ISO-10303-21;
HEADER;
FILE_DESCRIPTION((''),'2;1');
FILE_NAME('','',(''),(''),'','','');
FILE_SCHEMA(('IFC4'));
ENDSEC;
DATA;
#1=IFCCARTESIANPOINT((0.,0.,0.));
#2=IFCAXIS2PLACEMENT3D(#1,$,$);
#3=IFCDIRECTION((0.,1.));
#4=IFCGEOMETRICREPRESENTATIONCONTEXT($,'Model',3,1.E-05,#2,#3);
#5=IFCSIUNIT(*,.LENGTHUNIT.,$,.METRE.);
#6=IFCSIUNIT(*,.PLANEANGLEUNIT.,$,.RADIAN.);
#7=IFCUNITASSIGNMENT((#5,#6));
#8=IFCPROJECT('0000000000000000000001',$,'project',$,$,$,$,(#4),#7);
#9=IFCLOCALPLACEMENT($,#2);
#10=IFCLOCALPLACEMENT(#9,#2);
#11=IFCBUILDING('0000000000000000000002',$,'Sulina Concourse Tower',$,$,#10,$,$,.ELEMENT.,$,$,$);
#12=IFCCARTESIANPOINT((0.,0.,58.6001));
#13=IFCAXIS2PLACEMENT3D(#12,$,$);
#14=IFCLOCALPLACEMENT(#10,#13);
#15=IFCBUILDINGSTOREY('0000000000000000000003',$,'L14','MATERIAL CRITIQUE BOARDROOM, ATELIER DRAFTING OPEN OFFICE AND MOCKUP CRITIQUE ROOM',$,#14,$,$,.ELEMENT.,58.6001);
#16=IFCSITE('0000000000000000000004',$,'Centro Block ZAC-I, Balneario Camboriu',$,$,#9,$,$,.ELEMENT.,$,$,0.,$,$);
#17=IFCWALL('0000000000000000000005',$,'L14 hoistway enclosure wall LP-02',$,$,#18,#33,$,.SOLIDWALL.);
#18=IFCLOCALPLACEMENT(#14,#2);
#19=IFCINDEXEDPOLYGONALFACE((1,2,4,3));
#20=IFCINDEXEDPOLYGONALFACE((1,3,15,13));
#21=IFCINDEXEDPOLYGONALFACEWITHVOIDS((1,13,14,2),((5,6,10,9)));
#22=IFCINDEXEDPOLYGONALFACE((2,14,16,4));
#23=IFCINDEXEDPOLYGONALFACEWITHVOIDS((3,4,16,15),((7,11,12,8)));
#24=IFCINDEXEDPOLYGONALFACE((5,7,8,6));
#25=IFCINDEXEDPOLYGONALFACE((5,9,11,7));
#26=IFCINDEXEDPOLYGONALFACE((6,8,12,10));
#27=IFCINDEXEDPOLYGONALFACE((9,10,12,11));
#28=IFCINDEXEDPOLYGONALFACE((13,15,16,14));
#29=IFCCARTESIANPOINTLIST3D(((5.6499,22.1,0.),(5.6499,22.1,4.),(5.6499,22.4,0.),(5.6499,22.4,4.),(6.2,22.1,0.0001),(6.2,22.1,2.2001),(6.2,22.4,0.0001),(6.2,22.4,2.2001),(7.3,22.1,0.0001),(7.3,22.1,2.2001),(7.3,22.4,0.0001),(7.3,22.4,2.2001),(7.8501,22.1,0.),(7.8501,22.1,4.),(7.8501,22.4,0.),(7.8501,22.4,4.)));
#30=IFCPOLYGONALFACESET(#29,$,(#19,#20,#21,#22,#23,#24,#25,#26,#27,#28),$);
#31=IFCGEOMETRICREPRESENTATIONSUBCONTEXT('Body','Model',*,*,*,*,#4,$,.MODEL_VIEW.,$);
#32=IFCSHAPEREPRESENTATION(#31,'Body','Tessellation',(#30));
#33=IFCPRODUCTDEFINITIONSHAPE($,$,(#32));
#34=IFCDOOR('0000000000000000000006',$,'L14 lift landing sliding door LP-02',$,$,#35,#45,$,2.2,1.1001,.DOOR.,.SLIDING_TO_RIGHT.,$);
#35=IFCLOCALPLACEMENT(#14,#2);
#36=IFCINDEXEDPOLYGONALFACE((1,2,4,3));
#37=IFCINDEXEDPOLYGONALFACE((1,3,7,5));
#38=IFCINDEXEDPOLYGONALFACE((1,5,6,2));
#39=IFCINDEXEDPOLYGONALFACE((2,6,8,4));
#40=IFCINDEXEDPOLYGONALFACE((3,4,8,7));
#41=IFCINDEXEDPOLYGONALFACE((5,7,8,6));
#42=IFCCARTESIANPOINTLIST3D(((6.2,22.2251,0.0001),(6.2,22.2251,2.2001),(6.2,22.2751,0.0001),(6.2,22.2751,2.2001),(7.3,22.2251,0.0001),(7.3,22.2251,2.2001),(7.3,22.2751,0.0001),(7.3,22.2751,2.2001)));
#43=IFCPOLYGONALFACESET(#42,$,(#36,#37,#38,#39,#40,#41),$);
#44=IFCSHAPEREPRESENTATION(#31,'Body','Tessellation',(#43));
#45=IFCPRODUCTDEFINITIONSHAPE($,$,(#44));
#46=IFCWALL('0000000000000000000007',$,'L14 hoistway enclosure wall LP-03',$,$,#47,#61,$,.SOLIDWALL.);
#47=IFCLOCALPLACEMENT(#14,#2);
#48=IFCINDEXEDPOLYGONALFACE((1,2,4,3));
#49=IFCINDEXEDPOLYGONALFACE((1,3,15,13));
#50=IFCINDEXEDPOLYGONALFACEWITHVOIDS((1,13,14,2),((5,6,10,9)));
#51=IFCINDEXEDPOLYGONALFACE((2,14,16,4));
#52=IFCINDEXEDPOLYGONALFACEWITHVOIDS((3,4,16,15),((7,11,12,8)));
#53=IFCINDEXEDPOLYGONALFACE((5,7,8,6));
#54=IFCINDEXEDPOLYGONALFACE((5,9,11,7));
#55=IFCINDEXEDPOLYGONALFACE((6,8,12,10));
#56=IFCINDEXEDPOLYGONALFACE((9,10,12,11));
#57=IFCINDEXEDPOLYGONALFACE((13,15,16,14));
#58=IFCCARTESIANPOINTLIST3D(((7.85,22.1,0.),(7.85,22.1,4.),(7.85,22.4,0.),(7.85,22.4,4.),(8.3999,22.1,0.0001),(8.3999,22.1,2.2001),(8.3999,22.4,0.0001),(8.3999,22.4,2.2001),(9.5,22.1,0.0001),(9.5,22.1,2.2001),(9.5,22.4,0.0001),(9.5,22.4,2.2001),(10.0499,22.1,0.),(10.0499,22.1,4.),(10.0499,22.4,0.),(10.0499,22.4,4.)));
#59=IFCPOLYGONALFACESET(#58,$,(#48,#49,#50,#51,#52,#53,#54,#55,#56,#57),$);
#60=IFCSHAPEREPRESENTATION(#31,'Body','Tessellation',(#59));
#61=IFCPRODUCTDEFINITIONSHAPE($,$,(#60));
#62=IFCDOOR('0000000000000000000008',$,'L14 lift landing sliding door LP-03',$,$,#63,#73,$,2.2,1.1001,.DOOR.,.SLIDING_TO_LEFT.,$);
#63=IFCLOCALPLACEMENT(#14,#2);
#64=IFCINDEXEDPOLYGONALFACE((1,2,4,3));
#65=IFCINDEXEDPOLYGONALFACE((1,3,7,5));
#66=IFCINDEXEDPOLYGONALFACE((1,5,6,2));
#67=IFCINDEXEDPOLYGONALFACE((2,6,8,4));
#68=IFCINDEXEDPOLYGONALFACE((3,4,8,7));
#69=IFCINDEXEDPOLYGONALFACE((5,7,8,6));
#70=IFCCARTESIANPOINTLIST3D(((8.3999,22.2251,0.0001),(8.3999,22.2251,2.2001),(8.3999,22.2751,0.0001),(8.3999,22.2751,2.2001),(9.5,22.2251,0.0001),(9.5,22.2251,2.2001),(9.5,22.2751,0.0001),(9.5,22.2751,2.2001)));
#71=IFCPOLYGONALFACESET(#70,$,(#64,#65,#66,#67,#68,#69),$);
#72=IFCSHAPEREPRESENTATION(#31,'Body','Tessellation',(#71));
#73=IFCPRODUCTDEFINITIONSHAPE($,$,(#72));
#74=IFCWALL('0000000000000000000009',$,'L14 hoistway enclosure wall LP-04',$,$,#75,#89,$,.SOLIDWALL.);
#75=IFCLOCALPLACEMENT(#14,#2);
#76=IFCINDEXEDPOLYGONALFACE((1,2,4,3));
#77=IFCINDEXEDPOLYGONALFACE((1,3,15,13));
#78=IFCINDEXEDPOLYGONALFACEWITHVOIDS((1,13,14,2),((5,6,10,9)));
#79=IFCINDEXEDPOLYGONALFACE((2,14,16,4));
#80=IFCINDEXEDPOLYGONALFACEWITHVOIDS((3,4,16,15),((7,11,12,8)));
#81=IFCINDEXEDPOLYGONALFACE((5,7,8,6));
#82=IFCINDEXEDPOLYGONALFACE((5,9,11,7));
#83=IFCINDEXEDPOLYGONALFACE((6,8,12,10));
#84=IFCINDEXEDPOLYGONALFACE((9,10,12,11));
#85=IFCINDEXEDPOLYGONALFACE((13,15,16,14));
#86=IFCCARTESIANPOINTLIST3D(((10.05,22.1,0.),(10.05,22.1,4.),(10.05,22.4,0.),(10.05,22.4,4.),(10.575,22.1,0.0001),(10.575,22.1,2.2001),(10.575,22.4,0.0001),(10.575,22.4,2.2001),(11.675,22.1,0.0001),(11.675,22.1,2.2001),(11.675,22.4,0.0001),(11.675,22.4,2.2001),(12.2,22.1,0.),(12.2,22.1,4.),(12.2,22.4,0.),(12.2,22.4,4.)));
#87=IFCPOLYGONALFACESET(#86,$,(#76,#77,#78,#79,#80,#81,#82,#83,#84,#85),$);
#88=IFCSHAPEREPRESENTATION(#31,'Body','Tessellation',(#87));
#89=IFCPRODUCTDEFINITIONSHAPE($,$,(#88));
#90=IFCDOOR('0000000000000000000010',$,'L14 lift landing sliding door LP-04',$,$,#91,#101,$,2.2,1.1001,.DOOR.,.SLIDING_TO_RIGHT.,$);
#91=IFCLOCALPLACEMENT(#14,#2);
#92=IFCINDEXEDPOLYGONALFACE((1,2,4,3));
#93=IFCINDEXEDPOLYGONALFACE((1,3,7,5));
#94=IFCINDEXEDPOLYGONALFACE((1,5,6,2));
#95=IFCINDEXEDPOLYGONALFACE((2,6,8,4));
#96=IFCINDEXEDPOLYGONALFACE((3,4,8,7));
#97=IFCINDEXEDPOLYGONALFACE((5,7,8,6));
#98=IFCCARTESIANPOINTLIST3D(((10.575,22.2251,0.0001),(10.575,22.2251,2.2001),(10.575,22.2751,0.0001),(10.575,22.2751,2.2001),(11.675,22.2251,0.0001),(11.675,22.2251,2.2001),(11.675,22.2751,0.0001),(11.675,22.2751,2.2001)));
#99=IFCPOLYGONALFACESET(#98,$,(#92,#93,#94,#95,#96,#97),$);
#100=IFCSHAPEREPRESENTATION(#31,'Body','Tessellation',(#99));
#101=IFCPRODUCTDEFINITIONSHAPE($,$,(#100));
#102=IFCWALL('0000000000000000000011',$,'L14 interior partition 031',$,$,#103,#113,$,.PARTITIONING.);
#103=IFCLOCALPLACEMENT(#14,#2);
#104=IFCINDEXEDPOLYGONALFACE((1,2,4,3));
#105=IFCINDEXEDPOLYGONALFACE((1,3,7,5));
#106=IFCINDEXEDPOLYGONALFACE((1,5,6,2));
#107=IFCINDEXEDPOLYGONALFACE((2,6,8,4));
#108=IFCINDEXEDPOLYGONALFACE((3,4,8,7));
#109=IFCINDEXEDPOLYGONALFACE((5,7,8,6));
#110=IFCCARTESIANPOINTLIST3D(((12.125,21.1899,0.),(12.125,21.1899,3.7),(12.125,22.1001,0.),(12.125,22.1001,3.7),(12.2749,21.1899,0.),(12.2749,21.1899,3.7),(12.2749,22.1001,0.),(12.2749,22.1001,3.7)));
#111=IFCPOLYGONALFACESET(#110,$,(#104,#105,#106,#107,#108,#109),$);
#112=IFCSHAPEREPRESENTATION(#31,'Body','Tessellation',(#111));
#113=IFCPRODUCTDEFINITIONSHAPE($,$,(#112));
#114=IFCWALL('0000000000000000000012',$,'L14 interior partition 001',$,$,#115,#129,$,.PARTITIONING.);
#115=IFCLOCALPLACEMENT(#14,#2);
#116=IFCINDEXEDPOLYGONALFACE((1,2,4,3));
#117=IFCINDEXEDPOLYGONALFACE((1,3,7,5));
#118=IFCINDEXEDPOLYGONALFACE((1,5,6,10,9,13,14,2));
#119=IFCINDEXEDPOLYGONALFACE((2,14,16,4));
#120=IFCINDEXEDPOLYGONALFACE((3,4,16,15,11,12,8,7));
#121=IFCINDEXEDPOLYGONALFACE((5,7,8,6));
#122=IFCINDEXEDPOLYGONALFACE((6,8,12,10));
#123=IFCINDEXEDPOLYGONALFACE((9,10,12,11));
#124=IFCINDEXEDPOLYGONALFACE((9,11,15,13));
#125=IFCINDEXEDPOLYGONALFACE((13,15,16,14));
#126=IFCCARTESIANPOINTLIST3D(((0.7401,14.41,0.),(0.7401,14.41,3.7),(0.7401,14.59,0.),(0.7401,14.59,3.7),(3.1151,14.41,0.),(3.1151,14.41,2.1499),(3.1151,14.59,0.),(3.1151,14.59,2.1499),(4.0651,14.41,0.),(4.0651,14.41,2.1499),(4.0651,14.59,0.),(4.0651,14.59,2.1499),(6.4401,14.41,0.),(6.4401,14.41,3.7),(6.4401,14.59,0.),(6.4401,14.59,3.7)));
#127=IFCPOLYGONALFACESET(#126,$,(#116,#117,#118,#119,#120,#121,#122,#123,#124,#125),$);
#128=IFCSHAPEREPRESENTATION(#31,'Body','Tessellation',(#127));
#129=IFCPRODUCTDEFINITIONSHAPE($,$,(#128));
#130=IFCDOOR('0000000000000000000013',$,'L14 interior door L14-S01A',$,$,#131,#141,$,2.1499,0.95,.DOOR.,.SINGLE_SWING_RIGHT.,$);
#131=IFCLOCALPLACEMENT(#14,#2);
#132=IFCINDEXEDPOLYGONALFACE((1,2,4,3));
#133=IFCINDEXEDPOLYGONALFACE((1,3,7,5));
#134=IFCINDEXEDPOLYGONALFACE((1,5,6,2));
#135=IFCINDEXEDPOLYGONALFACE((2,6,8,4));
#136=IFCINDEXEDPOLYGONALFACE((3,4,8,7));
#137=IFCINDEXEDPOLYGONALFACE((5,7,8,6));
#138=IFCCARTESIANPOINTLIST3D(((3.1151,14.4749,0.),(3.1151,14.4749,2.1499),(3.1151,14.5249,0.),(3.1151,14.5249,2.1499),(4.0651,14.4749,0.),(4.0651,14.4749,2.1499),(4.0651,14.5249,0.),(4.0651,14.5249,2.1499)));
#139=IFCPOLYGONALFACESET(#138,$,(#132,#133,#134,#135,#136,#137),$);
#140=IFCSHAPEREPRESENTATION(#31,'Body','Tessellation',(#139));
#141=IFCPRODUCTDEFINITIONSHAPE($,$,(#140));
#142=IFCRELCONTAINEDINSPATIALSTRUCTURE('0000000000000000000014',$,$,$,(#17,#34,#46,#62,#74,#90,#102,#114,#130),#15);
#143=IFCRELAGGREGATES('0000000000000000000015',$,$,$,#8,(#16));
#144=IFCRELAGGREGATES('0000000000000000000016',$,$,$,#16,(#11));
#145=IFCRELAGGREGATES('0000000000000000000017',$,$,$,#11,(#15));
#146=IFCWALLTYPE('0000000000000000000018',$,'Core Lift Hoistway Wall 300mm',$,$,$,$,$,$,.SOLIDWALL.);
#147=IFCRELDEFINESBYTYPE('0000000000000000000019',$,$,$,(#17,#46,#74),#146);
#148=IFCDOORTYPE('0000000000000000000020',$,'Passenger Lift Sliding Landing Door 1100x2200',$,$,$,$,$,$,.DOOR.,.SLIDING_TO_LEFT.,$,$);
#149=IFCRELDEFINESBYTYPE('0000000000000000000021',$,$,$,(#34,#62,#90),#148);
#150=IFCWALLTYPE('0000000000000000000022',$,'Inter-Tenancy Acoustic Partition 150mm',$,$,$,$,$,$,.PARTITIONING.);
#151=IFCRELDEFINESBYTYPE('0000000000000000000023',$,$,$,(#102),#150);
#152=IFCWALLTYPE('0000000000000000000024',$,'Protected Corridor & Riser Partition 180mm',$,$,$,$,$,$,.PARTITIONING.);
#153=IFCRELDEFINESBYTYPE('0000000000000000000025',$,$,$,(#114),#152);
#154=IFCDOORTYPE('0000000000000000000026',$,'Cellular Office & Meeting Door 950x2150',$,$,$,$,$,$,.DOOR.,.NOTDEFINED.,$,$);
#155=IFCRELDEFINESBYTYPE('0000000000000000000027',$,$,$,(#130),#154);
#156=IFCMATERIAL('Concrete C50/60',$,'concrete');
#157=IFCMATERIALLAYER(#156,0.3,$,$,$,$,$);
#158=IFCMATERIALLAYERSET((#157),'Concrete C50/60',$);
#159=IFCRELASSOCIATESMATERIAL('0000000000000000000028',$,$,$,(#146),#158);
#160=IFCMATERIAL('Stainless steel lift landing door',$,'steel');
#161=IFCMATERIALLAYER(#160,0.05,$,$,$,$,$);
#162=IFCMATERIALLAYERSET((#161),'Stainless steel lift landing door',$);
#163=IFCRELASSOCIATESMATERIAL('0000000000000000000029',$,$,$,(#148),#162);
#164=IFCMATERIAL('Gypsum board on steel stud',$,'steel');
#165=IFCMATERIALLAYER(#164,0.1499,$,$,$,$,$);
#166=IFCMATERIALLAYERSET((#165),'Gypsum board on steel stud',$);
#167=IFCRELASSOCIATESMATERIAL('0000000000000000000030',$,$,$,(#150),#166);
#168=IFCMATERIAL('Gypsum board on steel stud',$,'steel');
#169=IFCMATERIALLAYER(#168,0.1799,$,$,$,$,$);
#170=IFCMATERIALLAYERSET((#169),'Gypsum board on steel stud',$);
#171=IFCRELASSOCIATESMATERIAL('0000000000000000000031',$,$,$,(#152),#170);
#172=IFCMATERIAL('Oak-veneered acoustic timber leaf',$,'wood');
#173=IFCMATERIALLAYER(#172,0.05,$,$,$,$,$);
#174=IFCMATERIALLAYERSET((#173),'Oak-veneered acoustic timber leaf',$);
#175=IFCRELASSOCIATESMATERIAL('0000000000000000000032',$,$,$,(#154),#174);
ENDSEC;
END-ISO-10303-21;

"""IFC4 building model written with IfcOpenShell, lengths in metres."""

from ifc_helpers import new_model, si_unit, direction, frame, frame_2d, origin, place, context, subcontext, project, spatial, rectangle, extrude, material, layer, layer_set, type_object, element, fill, save


model = new_model("IFC4")

# Units and contexts
model_context = context("Model", 3, precision=1e-05, world=origin(), true_north=direction((0.0, 1.0)))
body_context = subcontext(model_context, "Body", "Model", "MODEL_VIEW")
ifc_project = project(units=[si_unit("LENGTHUNIT", "METRE"), si_unit("PLANEANGLEUNIT", "RADIAN")], contexts=[model_context])

# Site, building, storey
site_placement = place(None, origin())
site = spatial("IfcSite", under=ifc_project, at=site_placement, Name="Centro Block ZAC-I, Balneario Camboriu", CompositionType="ELEMENT", RefElevation=0.0)
building_placement = place(site_placement, origin())
building = spatial("IfcBuilding", under=site, at=building_placement, Name="Sulina Concourse Tower", CompositionType="ELEMENT")
storey_placement = place(building_placement, frame((0.0, 0.0, 58.6001)))
storey = spatial("IfcBuildingStorey", under=building, at=storey_placement, Name="L14", Description="MATERIAL CRITIQUE BOARDROOM, ATELIER DRAFTING OPEN OFFICE AND MOCKUP CRITIQUE ROOM", CompositionType="ELEMENT", Elevation=58.6001)

# Walls, openings, doors
ifc_material_1 = material(Name="Concrete C50/60", Category="concrete")
ifc_layer_1 = layer(ifc_material_1, 0.3)
ifc_layer_set_1 = layer_set([ifc_layer_1], Name="Concrete C50/60")
wall_type_1 = type_object("IfcWallType", Name="Core Lift Hoistway Wall 300mm", PredefinedType="SOLIDWALL", material=ifc_layer_set_1)
ifc_material_2 = material(Name="Stainless steel lift landing door", Category="steel")
ifc_layer_2 = layer(ifc_material_2, 0.05)
ifc_layer_set_2 = layer_set([ifc_layer_2], Name="Stainless steel lift landing door")
door_type_1 = type_object("IfcDoorType", Name="Passenger Lift Sliding Landing Door 1100x2200", OperationType="SLIDING_TO_LEFT", PredefinedType="DOOR", material=ifc_layer_set_2)
wall_1_placement = place(storey_placement, frame((7.8501, 22.25, 0.0), z_axis=(0.0, 0.0, 1.0), x_axis=(-1.0, 0.0, 0.0)))
wall_1 = element("IfcWall", 1, at=wall_1_placement, inside=storey, type_object=wall_type_1, Name="L14 hoistway enclosure wall LP-02", PredefinedType="SOLIDWALL", context=body_context, shape_type="SweptSolid", body=[
    extrude(rectangle(XDim=2.2002, YDim=0.3, at=frame_2d((1.1001, 0.0))), origin(), (0.0, 0.0, 1.0), 4.0),
])
opening_1_placement = place(wall_1_placement, frame((0.55, 0.0, 0.0)))
opening_1 = element("IfcOpeningElement", 2, at=opening_1_placement, cuts=wall_1, PredefinedType="OPENING", context=body_context, shape_type="SweptSolid", body=[
    extrude(rectangle(XDim=1.1001, YDim=2.2, at=frame_2d((0.55, 1.1001))), frame((0.0, 0.1599, 0.0), z_axis=(0.0, -1.0, 0.0), x_axis=(1.0, 0.0, 0.0)), (0.0, 0.0, 1.0), 0.3201),
])
door_1_placement = place(opening_1_placement, origin())
door_1 = element("IfcDoor", 3, at=door_1_placement, inside=storey, type_object=door_type_1, Name="L14 lift landing sliding door LP-02", OperationType="SLIDING_TO_RIGHT", OverallHeight=2.2, OverallWidth=1.1001, PredefinedType="DOOR", context=body_context, shape_type="SweptSolid", body=[
    extrude(rectangle(XDim=1.1001, YDim=2.2, at=frame_2d((0.55, 1.1001))), frame((0.0, 0.0249, 0.0), z_axis=(0.0, -1.0, 0.0), x_axis=(1.0, 0.0, 0.0)), (0.0, 0.0, 1.0), 0.05),
])
fill(opening_1, door_1)
wall_2_placement = place(storey_placement, frame((10.05, 22.25, 0.0), z_axis=(0.0, 0.0, 1.0), x_axis=(-1.0, 0.0, 0.0)))
wall_2 = element("IfcWall", 4, at=wall_2_placement, inside=storey, type_object=wall_type_1, Name="L14 hoistway enclosure wall LP-03", PredefinedType="SOLIDWALL", context=body_context, shape_type="SweptSolid", body=[
    extrude(rectangle(XDim=2.2, YDim=0.3, at=frame_2d((1.1001, 0.0))), origin(), (0.0, 0.0, 1.0), 4.0),
])
opening_2_placement = place(wall_2_placement, frame((0.55, 0.0, 0.0)))
opening_2 = element("IfcOpeningElement", 5, at=opening_2_placement, cuts=wall_2, PredefinedType="OPENING", context=body_context, shape_type="SweptSolid", body=[
    extrude(rectangle(XDim=1.1001, YDim=2.2, at=frame_2d((0.55, 1.1001))), frame((0.0, 0.1599, 0.0), z_axis=(0.0, -1.0, 0.0), x_axis=(1.0, 0.0, 0.0)), (0.0, 0.0, 1.0), 0.3201),
])
door_2_placement = place(opening_2_placement, origin())
door_2 = element("IfcDoor", 6, at=door_2_placement, inside=storey, type_object=door_type_1, Name="L14 lift landing sliding door LP-03", OperationType="SLIDING_TO_LEFT", OverallHeight=2.2, OverallWidth=1.1001, PredefinedType="DOOR", context=body_context, shape_type="SweptSolid", body=[
    extrude(rectangle(XDim=1.1001, YDim=2.2, at=frame_2d((0.55, 1.1001))), frame((0.0, 0.0249, 0.0), z_axis=(0.0, -1.0, 0.0), x_axis=(1.0, 0.0, 0.0)), (0.0, 0.0, 1.0), 0.05),
])
fill(opening_2, door_2)
wall_3_placement = place(storey_placement, frame((12.2, 22.25, 0.0), z_axis=(0.0, 0.0, 1.0), x_axis=(-1.0, 0.0, 0.0)))
wall_3 = element("IfcWall", 7, at=wall_3_placement, inside=storey, type_object=wall_type_1, Name="L14 hoistway enclosure wall LP-04", PredefinedType="SOLIDWALL", context=body_context, shape_type="SweptSolid", body=[
    extrude(rectangle(XDim=2.1499, YDim=0.3, at=frame_2d((1.075, 0.0))), origin(), (0.0, 0.0, 1.0), 4.0),
])
opening_3_placement = place(wall_3_placement, frame((0.5249, 0.0, 0.0)))
opening_3 = element("IfcOpeningElement", 8, at=opening_3_placement, cuts=wall_3, PredefinedType="OPENING", context=body_context, shape_type="SweptSolid", body=[
    extrude(rectangle(XDim=1.1001, YDim=2.2, at=frame_2d((0.55, 1.1001))), frame((0.0, 0.1599, 0.0), z_axis=(0.0, -1.0, 0.0), x_axis=(1.0, 0.0, 0.0)), (0.0, 0.0, 1.0), 0.3201),
])
door_3_placement = place(opening_3_placement, origin())
door_3 = element("IfcDoor", 9, at=door_3_placement, inside=storey, type_object=door_type_1, Name="L14 lift landing sliding door LP-04", OperationType="SLIDING_TO_RIGHT", OverallHeight=2.2, OverallWidth=1.1001, PredefinedType="DOOR", context=body_context, shape_type="SweptSolid", body=[
    extrude(rectangle(XDim=1.1001, YDim=2.2, at=frame_2d((0.55, 1.1001))), frame((0.0, 0.0249, 0.0), z_axis=(0.0, -1.0, 0.0), x_axis=(1.0, 0.0, 0.0)), (0.0, 0.0, 1.0), 0.05),
])
fill(opening_3, door_3)

# Wall
ifc_material_3 = material(Name="Gypsum board on steel stud", Category="steel")
ifc_layer_3 = layer(ifc_material_3, 0.1499)
ifc_layer_set_3 = layer_set([ifc_layer_3], Name="Gypsum board on steel stud")
wall_type_2 = type_object("IfcWallType", Name="Inter-Tenancy Acoustic Partition 150mm", PredefinedType="PARTITIONING", material=ifc_layer_set_3)
wall_4_placement = place(storey_placement, frame((12.2, 21.1899, 0.0), z_axis=(0.0, 0.0, 1.0), x_axis=(0.0, 1.0, 0.0)))
element("IfcWall", 10, at=wall_4_placement, inside=storey, type_object=wall_type_2, Name="L14 interior partition 031", PredefinedType="PARTITIONING", context=body_context, shape_type="SweptSolid", body=[
    extrude(rectangle(XDim=0.9102, YDim=0.1499, at=frame_2d((0.4551, 0.0))), origin(), (0.0, 0.0, 1.0), 3.7),
])

# Wall, opening, door
ifc_material_4 = material(Name="Gypsum board on steel stud", Category="steel")
ifc_layer_4 = layer(ifc_material_4, 0.1799)
ifc_layer_set_4 = layer_set([ifc_layer_4], Name="Gypsum board on steel stud")
wall_type_3 = type_object("IfcWallType", Name="Protected Corridor & Riser Partition 180mm", PredefinedType="PARTITIONING", material=ifc_layer_set_4)
wall_5_placement = place(storey_placement, frame((0.74, 14.5, 0.0), z_axis=(0.0, 0.0, 1.0), x_axis=(1.0, 0.0, 0.0)))
wall_5 = element("IfcWall", 11, at=wall_5_placement, inside=storey, type_object=wall_type_3, Name="L14 interior partition 001", PredefinedType="PARTITIONING", context=body_context, shape_type="SweptSolid", body=[
    extrude(rectangle(XDim=5.7, YDim=0.1799, at=frame_2d((2.8501, 0.0))), origin(), (0.0, 0.0, 1.0), 3.7),
])
opening_4_placement = place(wall_5_placement, frame((2.375, 0.0, 0.0)))
opening_4 = element("IfcOpeningElement", 12, at=opening_4_placement, cuts=wall_5, PredefinedType="OPENING", context=body_context, shape_type="SweptSolid", body=[
    extrude(rectangle(XDim=0.95, YDim=2.1499, at=frame_2d((0.4751, 1.075))), frame((0.0, 0.0999, 0.0), z_axis=(0.0, -1.0, 0.0), x_axis=(1.0, 0.0, 0.0)), (0.0, 0.0, 1.0), 0.2),
])
ifc_material_5 = material(Name="Oak-veneered acoustic timber leaf", Category="wood")
ifc_layer_5 = layer(ifc_material_5, 0.05)
ifc_layer_set_5 = layer_set([ifc_layer_5], Name="Oak-veneered acoustic timber leaf")
door_type_2 = type_object("IfcDoorType", Name="Cellular Office & Meeting Door 950x2150", OperationType="NOTDEFINED", PredefinedType="DOOR", material=ifc_layer_set_5)
door_4_placement = place(opening_4_placement, origin())
door_4 = element("IfcDoor", 13, at=door_4_placement, inside=storey, type_object=door_type_2, Name="L14 interior door L14-S01A", OperationType="SINGLE_SWING_RIGHT", OverallHeight=2.1499, OverallWidth=0.95, PredefinedType="DOOR", context=body_context, shape_type="SweptSolid", body=[
    extrude(rectangle(XDim=0.95, YDim=2.1499, at=frame_2d((0.4751, 1.075))), frame((0.0, 0.0249, 0.0), z_axis=(0.0, -1.0, 0.0), x_axis=(1.0, 0.0, 0.0)), (0.0, 0.0, 1.0), 0.05),
])
fill(opening_4, door_4)

save(model, "model.ifc")
